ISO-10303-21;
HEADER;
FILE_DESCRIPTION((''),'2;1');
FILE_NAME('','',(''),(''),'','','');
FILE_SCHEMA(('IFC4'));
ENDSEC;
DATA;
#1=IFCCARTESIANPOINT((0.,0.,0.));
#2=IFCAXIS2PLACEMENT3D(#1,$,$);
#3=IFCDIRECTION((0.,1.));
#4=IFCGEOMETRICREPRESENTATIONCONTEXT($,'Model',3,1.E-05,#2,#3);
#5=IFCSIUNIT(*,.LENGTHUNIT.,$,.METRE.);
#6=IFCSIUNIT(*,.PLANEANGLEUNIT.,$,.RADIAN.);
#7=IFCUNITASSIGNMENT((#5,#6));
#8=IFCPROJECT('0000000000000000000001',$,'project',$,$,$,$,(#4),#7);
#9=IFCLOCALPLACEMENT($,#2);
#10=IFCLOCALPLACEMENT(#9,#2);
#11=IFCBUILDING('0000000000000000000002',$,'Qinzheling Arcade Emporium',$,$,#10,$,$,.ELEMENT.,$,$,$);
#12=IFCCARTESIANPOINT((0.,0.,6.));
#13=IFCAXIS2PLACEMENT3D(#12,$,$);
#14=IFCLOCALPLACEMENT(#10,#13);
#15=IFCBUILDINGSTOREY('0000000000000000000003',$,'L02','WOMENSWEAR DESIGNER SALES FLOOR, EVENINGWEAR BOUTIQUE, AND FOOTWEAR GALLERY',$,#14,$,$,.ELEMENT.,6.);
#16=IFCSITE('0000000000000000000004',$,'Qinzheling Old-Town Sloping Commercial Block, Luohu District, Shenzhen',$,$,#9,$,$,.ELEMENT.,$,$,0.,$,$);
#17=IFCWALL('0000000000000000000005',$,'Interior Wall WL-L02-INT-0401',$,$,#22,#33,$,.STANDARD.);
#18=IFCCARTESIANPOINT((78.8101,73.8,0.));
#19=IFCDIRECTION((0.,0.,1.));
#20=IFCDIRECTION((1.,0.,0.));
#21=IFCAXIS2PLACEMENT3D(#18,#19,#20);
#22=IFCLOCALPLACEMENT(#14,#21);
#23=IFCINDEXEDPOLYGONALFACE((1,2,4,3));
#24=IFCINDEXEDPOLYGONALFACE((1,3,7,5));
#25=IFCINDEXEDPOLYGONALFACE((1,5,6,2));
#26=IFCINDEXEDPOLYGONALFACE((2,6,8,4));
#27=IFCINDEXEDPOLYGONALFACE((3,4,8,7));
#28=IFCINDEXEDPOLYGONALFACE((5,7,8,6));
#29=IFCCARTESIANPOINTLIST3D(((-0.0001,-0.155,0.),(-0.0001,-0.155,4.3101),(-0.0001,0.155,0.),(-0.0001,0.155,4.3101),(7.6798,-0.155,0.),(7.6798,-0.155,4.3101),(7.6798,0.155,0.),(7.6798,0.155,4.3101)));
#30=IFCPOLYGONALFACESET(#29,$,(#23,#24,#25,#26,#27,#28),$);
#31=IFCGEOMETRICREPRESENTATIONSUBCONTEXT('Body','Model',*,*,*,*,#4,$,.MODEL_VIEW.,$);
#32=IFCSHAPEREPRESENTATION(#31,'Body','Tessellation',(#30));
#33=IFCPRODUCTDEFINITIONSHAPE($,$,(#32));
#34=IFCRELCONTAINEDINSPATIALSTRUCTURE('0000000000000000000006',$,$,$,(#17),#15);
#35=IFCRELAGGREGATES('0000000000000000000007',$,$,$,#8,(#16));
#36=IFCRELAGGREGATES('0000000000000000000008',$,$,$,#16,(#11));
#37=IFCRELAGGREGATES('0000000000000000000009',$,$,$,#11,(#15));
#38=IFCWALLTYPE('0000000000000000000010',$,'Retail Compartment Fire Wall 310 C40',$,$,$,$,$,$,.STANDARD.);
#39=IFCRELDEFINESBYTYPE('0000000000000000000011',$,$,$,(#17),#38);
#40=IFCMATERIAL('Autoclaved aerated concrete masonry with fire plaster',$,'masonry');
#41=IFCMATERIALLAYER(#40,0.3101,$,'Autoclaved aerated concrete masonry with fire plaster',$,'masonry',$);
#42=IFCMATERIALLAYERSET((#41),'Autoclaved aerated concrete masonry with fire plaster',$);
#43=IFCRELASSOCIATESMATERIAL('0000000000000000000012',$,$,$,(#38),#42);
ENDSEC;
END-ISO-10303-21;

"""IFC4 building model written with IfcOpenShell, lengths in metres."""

from ifc_helpers import new_model, si_unit, direction, frame, frame_2d, origin, place, context, subcontext, project, spatial, rectangle, extrude, material, layer, layer_set, type_object, element, save


model = new_model("IFC4")

# Units and contexts
model_context = context("Model", 3, precision=1e-05, world=origin(), true_north=direction((0.0, 1.0)))
body_context = subcontext(model_context, "Body", "Model", "MODEL_VIEW")
ifc_project = project(units=[si_unit("LENGTHUNIT", "METRE"), si_unit("PLANEANGLEUNIT", "RADIAN")], contexts=[model_context])

# Site, building, storey
site_placement = place(None, origin())
site = spatial("IfcSite", under=ifc_project, at=site_placement, Name="Qinzheling Old-Town Sloping Commercial Block, Luohu District, Shenzhen", CompositionType="ELEMENT", RefElevation=0.0)
building_placement = place(site_placement, origin())
building = spatial("IfcBuilding", under=site, at=building_placement, Name="Qinzheling Arcade Emporium", CompositionType="ELEMENT")
storey_placement = place(building_placement, frame((0.0, 0.0, 6.0)))
storey = spatial("IfcBuildingStorey", under=building, at=storey_placement, Name="L02", Description="WOMENSWEAR DESIGNER SALES FLOOR, EVENINGWEAR BOUTIQUE, AND FOOTWEAR GALLERY", CompositionType="ELEMENT", Elevation=6.0)

# Wall
ifc_material_1 = material(Name="Autoclaved aerated concrete masonry with fire plaster", Category="masonry")
ifc_layer = layer(ifc_material_1, 0.3101, Name="Autoclaved aerated concrete masonry with fire plaster", Category="masonry")
ifc_layer_set = layer_set([ifc_layer], Name="Autoclaved aerated concrete masonry with fire plaster")
wall_type = type_object("IfcWallType", Name="Retail Compartment Fire Wall 310 C40", PredefinedType="STANDARD", material=ifc_layer_set)
for number, where, z_axis, x_axis, name in (
    (1, (78.8101, 73.8, 0.0), (0.0, 0.0, 1.0), (1.0, 0.0, 0.0), "Interior Wall WL-L02-INT-0401"),
):
    element("IfcWall", number, at=place(storey_placement, frame(where, z_axis=z_axis, x_axis=x_axis)), inside=storey, type_object=wall_type, Name=name, PredefinedType="STANDARD", context=body_context, shape_type="SweptSolid", body=[
        extrude(rectangle(XDim=7.6799, YDim=0.3101, at=frame_2d((3.8398, 0.0))), origin(), (0.0, 0.0, 1.0), 4.3101),
    ])

save(model, "model.ifc")
